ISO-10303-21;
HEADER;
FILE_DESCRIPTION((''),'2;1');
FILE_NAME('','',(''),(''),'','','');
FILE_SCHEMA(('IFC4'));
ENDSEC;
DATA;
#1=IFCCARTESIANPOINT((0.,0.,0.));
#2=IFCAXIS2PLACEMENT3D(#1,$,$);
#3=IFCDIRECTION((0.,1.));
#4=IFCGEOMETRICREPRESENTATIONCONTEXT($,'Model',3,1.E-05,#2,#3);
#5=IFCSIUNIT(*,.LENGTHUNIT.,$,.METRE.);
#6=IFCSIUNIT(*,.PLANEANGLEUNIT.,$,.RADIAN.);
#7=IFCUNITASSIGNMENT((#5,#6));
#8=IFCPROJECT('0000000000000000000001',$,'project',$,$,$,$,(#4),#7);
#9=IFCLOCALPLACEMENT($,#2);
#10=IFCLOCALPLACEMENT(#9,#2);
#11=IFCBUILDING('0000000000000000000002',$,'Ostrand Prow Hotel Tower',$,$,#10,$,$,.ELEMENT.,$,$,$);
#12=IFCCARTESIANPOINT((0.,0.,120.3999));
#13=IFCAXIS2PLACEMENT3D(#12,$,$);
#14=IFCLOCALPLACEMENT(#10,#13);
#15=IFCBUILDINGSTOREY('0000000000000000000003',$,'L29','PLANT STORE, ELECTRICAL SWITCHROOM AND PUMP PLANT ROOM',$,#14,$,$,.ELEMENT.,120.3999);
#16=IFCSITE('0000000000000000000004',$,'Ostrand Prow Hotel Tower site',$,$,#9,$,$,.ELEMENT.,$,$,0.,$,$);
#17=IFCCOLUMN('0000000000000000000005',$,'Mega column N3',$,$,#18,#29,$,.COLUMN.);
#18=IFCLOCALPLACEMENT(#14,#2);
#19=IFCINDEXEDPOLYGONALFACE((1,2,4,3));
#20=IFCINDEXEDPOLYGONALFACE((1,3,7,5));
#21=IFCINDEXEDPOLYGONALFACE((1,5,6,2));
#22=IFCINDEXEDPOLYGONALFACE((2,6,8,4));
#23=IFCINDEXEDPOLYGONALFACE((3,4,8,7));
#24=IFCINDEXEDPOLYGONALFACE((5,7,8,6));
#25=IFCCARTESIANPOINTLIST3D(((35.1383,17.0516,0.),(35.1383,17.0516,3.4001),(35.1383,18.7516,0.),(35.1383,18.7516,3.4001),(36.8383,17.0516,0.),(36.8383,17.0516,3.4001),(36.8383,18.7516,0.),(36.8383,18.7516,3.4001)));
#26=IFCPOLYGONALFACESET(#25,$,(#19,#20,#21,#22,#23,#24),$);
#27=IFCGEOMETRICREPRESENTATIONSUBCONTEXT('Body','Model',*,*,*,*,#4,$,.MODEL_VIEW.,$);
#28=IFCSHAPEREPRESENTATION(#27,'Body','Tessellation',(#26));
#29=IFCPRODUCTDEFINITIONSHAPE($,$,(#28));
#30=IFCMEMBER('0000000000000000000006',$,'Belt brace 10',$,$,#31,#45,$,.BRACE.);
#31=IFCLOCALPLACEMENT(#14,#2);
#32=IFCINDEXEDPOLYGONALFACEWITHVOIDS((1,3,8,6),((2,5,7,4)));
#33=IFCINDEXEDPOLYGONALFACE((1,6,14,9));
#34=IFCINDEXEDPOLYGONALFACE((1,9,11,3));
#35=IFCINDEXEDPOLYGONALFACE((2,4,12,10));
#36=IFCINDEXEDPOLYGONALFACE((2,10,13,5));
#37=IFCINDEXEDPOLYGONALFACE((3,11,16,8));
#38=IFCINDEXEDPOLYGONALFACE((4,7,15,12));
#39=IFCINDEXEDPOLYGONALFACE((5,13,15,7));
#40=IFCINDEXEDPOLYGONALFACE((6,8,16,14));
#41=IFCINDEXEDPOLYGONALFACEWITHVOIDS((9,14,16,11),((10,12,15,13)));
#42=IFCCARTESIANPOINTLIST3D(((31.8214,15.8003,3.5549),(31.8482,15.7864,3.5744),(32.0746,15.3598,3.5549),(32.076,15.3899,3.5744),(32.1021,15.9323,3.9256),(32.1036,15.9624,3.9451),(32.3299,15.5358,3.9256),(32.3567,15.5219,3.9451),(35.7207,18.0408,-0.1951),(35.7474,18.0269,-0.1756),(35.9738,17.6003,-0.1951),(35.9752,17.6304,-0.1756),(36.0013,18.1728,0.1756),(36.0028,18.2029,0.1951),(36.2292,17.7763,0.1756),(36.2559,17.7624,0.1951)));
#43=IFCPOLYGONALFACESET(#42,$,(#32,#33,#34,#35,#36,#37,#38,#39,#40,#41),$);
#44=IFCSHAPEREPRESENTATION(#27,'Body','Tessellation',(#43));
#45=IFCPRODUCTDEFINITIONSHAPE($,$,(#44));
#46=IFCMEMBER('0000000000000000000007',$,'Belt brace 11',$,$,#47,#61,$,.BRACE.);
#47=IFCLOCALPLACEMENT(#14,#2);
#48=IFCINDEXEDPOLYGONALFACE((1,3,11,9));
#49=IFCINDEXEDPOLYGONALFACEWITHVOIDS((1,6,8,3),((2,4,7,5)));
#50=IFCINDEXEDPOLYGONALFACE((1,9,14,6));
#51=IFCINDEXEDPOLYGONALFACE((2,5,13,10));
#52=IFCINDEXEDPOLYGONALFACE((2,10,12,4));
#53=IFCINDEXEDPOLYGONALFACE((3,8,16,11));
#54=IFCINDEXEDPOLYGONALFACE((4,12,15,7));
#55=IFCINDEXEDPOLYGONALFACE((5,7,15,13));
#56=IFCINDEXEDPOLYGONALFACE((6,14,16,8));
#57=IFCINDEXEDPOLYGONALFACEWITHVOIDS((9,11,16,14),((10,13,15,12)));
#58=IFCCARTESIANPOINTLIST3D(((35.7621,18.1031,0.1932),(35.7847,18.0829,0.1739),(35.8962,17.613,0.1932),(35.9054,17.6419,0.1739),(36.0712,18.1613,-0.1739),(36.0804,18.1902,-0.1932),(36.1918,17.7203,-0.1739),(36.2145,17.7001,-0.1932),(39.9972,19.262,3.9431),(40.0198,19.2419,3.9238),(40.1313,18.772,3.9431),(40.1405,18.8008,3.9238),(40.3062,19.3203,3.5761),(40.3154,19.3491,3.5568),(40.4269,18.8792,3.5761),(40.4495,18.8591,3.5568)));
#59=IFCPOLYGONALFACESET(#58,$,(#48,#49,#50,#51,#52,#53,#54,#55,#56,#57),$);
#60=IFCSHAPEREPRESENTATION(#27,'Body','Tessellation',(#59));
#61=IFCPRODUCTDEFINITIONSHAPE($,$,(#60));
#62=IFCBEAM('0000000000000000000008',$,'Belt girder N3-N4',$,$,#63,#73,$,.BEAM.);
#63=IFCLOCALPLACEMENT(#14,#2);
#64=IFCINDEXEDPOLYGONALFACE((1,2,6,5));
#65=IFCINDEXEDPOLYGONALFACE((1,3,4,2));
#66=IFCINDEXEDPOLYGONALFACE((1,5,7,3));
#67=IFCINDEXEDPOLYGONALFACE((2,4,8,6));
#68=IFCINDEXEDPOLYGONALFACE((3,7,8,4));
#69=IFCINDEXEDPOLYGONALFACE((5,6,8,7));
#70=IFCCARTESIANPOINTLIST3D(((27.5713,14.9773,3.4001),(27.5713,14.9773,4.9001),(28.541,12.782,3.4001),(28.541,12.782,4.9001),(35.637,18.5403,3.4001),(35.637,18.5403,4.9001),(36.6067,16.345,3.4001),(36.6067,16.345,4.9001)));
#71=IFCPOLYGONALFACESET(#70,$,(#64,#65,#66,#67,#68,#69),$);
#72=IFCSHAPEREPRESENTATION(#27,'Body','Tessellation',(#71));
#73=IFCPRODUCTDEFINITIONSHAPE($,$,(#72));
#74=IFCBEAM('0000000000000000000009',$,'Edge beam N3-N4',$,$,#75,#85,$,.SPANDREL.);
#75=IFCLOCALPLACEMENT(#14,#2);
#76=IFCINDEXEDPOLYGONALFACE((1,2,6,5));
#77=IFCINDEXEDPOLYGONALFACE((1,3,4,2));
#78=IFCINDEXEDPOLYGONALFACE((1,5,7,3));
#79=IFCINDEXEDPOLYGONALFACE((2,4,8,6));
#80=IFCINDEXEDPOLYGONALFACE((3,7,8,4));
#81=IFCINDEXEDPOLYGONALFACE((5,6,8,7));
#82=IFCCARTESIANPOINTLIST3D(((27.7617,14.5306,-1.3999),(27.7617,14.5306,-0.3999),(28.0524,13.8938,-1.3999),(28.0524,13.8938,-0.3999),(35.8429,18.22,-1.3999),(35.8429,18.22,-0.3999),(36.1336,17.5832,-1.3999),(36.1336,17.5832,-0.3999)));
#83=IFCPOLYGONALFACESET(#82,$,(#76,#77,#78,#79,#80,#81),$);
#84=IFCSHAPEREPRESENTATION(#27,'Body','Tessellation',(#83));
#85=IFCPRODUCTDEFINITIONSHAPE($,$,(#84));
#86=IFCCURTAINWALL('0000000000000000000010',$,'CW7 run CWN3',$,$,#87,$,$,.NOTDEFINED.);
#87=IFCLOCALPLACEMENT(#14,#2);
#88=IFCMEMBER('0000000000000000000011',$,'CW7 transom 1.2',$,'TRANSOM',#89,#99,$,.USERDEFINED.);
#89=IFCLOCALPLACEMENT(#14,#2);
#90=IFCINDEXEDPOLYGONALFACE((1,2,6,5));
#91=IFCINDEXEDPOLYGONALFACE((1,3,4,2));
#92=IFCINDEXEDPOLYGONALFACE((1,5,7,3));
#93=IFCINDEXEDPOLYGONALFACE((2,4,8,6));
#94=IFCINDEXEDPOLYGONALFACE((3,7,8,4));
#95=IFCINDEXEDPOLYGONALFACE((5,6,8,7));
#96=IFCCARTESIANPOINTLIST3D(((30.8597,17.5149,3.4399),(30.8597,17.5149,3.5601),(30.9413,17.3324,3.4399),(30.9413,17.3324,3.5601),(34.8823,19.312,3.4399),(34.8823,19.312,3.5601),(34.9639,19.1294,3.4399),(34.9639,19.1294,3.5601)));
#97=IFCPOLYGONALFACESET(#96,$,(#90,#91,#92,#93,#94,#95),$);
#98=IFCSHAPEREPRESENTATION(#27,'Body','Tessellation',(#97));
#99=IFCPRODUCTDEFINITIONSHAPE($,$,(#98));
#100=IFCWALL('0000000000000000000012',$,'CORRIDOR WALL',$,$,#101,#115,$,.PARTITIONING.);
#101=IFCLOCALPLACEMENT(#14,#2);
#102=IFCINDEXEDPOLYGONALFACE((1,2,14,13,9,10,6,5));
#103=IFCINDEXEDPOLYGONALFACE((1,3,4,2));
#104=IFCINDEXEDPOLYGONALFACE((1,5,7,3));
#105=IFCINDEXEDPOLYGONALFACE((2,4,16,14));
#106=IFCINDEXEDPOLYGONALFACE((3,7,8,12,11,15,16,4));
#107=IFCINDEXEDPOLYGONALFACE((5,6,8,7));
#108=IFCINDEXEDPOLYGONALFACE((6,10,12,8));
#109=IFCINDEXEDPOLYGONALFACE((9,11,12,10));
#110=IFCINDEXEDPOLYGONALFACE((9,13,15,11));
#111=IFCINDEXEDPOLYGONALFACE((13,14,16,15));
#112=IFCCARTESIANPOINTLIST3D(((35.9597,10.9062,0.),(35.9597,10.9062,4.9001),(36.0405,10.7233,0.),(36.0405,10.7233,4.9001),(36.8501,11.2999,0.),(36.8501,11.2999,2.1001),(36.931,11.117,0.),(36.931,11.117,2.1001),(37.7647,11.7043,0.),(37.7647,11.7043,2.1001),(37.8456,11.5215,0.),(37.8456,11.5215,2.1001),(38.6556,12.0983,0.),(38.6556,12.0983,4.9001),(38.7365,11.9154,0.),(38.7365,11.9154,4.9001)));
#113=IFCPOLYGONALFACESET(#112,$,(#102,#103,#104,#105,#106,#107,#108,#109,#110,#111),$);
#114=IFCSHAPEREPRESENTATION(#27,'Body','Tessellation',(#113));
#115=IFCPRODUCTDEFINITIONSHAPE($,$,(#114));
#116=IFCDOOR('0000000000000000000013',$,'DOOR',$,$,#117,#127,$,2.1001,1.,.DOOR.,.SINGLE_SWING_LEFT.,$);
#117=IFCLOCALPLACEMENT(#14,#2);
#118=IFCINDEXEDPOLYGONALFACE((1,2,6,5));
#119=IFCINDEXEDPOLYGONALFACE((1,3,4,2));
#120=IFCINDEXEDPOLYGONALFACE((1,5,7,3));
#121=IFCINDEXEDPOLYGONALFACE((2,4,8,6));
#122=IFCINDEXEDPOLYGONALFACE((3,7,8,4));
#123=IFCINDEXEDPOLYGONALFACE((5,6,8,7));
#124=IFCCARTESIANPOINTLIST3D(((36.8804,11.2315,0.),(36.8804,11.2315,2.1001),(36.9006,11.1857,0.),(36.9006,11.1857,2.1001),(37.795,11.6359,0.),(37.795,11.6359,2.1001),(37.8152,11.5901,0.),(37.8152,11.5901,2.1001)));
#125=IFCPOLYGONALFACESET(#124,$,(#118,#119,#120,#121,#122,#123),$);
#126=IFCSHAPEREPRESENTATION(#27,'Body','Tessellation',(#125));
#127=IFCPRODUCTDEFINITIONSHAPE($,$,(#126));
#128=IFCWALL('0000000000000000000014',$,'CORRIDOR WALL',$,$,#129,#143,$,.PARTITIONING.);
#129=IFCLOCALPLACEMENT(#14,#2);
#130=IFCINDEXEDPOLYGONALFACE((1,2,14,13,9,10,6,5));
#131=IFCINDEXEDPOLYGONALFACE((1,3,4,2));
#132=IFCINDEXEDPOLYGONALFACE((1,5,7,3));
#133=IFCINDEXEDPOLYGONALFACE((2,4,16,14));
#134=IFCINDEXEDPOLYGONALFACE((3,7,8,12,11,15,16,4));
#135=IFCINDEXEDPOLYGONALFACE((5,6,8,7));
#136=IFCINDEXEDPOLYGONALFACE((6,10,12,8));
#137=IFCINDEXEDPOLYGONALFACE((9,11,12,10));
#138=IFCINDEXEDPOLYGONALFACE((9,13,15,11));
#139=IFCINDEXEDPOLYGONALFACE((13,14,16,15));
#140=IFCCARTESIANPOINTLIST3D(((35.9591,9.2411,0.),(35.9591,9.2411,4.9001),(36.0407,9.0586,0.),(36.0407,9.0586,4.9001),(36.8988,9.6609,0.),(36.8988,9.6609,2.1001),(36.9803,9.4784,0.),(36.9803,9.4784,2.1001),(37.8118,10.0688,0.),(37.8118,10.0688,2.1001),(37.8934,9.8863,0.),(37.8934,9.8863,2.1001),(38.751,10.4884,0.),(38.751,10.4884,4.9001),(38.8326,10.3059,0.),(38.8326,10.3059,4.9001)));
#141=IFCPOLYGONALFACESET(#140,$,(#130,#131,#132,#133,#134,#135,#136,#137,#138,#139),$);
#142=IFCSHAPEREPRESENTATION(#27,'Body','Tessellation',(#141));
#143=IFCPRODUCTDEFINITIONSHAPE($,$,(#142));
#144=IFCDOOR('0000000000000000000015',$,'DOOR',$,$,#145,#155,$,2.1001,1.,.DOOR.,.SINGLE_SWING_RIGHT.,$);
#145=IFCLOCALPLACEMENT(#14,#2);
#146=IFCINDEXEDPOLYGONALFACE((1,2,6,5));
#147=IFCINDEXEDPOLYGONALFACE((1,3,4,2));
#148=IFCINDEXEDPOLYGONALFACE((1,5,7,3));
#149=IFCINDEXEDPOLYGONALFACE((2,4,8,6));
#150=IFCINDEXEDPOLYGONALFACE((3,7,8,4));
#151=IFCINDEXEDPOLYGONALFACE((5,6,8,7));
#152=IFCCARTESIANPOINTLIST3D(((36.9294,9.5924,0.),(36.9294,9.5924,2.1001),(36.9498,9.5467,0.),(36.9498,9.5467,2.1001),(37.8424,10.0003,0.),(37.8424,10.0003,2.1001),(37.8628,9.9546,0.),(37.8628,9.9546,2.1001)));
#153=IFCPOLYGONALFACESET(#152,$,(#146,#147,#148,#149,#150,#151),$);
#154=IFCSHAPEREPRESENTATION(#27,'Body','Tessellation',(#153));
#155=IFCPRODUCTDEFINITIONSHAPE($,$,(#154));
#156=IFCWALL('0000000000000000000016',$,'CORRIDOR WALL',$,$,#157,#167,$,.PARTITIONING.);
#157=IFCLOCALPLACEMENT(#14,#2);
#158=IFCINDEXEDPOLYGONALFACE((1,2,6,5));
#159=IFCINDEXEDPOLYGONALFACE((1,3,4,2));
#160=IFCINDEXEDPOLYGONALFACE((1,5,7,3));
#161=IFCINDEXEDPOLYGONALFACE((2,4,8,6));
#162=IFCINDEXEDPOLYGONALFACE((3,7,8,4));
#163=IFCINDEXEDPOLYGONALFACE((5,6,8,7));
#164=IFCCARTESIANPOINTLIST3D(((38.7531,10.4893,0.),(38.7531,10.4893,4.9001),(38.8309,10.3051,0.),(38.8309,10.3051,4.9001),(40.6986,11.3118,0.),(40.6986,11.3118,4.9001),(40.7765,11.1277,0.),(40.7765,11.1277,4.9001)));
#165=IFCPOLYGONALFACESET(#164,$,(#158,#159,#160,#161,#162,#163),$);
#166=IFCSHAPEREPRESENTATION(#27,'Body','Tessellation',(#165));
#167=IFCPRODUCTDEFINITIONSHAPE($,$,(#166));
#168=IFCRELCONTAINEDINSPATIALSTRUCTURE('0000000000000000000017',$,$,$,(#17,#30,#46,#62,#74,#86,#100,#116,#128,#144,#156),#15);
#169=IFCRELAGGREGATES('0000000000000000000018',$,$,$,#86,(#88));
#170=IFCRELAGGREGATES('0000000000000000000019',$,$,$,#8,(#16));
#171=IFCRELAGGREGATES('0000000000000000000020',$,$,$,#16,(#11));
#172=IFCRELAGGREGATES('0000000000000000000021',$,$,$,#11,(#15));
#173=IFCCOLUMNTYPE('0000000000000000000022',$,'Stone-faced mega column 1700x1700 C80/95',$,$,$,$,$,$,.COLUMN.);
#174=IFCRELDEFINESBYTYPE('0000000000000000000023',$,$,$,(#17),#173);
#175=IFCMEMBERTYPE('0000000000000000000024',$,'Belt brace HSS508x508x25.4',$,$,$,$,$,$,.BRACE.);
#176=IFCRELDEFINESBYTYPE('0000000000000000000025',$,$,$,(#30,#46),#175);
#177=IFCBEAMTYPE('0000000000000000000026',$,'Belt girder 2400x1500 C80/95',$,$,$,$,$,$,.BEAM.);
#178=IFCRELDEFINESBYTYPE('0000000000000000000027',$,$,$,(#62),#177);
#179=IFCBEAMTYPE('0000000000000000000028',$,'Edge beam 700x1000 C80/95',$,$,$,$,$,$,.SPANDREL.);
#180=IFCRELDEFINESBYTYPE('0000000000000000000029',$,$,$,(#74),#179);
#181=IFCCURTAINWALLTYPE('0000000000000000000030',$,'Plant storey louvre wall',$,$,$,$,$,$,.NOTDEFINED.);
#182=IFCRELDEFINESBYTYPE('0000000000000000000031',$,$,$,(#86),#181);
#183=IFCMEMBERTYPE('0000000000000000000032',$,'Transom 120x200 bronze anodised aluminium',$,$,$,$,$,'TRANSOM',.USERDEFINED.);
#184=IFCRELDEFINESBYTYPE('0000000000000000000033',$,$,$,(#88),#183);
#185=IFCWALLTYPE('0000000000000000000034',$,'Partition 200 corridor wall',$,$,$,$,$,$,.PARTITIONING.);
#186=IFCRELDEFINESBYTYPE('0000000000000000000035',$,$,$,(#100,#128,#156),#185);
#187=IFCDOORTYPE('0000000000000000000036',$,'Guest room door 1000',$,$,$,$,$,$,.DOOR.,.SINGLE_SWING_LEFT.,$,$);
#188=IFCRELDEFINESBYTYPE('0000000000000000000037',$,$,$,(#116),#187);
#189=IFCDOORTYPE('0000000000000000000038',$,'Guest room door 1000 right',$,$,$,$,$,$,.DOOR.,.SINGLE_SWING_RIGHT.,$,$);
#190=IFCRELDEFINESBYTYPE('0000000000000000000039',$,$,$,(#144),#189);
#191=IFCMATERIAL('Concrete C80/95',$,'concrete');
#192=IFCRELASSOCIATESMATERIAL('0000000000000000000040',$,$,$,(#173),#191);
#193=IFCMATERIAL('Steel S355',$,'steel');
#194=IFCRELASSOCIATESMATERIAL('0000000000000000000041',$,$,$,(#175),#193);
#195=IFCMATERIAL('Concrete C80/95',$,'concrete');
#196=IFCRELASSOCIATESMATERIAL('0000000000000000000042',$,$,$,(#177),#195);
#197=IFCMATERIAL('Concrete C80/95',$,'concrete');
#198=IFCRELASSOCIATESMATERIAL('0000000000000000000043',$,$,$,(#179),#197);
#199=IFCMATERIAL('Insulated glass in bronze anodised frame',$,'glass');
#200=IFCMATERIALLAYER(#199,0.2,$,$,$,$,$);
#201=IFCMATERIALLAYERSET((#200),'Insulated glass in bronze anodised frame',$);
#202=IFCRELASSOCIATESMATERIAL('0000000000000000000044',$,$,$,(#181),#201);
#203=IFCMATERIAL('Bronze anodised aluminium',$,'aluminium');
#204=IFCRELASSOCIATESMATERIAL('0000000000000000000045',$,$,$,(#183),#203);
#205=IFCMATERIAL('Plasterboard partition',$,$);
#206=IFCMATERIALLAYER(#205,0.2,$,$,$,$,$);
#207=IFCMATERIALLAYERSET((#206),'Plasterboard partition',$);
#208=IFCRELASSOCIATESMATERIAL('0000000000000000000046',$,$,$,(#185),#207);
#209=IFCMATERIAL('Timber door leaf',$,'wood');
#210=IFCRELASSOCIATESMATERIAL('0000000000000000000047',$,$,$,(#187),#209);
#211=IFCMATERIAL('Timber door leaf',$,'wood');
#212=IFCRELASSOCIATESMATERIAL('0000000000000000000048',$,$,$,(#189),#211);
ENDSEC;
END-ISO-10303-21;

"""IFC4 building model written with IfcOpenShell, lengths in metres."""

from ifc_helpers import new_model, si_unit, direction, frame, frame_2d, origin, origin_2d, place, context, subcontext, project, spatial, rectangle, hollow_rectangle, extrude, material, layer, layer_set, material_profile, profile_set, type_object, element, fill, aggregate, save


model = new_model("IFC4")

# Units and contexts
model_context = context("Model", 3, precision=1e-05, world=origin(), true_north=direction((0.0, 1.0)))
body_context = subcontext(model_context, "Body", "Model", "MODEL_VIEW")
ifc_project = project(units=[si_unit("LENGTHUNIT", "METRE"), si_unit("PLANEANGLEUNIT", "RADIAN")], contexts=[model_context])

# Site, building, storey
site_placement = place(None, origin())
site = spatial("IfcSite", under=ifc_project, at=site_placement, Name="Ostrand Prow Hotel Tower site", CompositionType="ELEMENT", RefElevation=0.0)
building_placement = place(site_placement, origin())
building = spatial("IfcBuilding", under=site, at=building_placement, Name="Ostrand Prow Hotel Tower", CompositionType="ELEMENT")
storey_placement = place(building_placement, frame((0.0, 0.0, 120.3999)))
storey = spatial("IfcBuildingStorey", under=building, at=storey_placement, Name="L29", Description="PLANT STORE, ELECTRICAL SWITCHROOM AND PUMP PLANT ROOM", CompositionType="ELEMENT", Elevation=120.3999)

# Column
ifc_material_1 = material(Name="Concrete C80/95", Category="concrete")
ifc_material_profile_1 = material_profile(ifc_material_1, rectangle(XDim=1.7, YDim=1.7, at=origin_2d()), Name="RC 1700x1700")
ifc_profile_set_1 = profile_set([ifc_material_profile_1], Name="Concrete C80/95")
column_type = type_object("IfcColumnType", Name="Stone-faced mega column 1700x1700 C80/95", PredefinedType="COLUMN", material=ifc_profile_set_1)
column_placement = place(storey_placement, frame((35.9883, 17.9016, 0.0), z_axis=(0.0, 0.0, 1.0), x_axis=(1.0, 0.0, 0.0)))
element("IfcColumn", 1, at=column_placement, inside=storey, type_object=column_type, Name="Mega column N3", PredefinedType="COLUMN", context=body_context, shape_type="SweptSolid", body=[
    extrude(rectangle(XDim=1.7, YDim=1.7, at=origin_2d()), origin(), (0.0, 0.0, 1.0), 3.4001),
])

# Members
ifc_material_2 = material(Name="Steel S355", Category="steel")
ifc_material_profile_2 = material_profile(ifc_material_2, hollow_rectangle(XDim=0.5081, YDim=0.5081, WallThickness=0.0254, at=origin_2d()), Name="HSS508x508x25.4")
ifc_profile_set_2 = profile_set([ifc_material_profile_2], Name="Steel S355")
member_type_1 = type_object("IfcMemberType", Name="Belt brace HSS508x508x25.4", PredefinedType="BRACE", material=ifc_profile_set_2)
member_1_placement = place(storey_placement, frame((35.9883, 17.9016, 0.0), z_axis=(-0.665909, -0.382634, 0.640434), x_axis=(0.498213, -0.867055, 0.0)))
element("IfcMember", 2, at=member_1_placement, inside=storey, type_object=member_type_1, Name="Belt brace 10", PredefinedType="BRACE", context=body_context, shape_type="SweptSolid", body=[
    extrude(hollow_rectangle(XDim=0.5081, YDim=0.5081, WallThickness=0.0254, at=origin_2d()), origin(), (0.0, 0.0, 1.0), 5.8555),
])
member_2_placement = place(storey_placement, frame((35.9883, 17.9016, 0.0), z_axis=(0.733449, 0.200708, 0.649437), x_axis=(-0.263945, 0.964538, 0.0)))
element("IfcMember", 3, at=member_2_placement, inside=storey, type_object=member_type_1, Name="Belt brace 11", PredefinedType="BRACE", context=body_context, shape_type="SweptSolid", body=[
    extrude(hollow_rectangle(XDim=0.5081, YDim=0.5081, WallThickness=0.0254, at=origin_2d()), origin(), (0.0, 0.0, 1.0), 5.7742),
])

# Beams
ifc_material_3 = material(Name="Concrete C80/95", Category="concrete")
ifc_material_profile_3 = material_profile(ifc_material_3, rectangle(XDim=2.3999, YDim=1.5, at=origin_2d()), Name="RC 2400x1500")
ifc_profile_set_3 = profile_set([ifc_material_profile_3], Name="Concrete C80/95")
beam_type_1 = type_object("IfcBeamType", Name="Belt girder 2400x1500 C80/95", PredefinedType="BEAM", material=ifc_profile_set_3)
beam_1_placement = place(storey_placement, frame((36.1218, 17.4426, 4.1501), z_axis=(-0.914725, -0.404077, 0.0), x_axis=(0.404077, -0.914725, 0.0)))
element("IfcBeam", 4, at=beam_1_placement, inside=storey, type_object=beam_type_1, Name="Belt girder N3-N4", PredefinedType="BEAM", context=body_context, shape_type="SweptSolid", body=[
    extrude(rectangle(XDim=2.3999, YDim=1.5, at=origin_2d()), origin(), (0.0, 0.0, 1.0), 8.8176),
])
ifc_material_4 = material(Name="Concrete C80/95", Category="concrete")
ifc_material_profile_4 = material_profile(ifc_material_4, rectangle(XDim=0.7, YDim=1.0, at=origin_2d()), Name="RC 700x1000")
ifc_profile_set_4 = profile_set([ifc_material_profile_4], Name="Concrete C80/95")
beam_type_2 = type_object("IfcBeamType", Name="Edge beam 700x1000 C80/95", PredefinedType="SPANDREL", material=ifc_profile_set_4)
beam_2_placement = place(storey_placement, frame((35.9883, 17.9016, -0.8999), z_axis=(-0.909681, -0.415308, 0.0), x_axis=(0.415308, -0.909681, 0.0)))
element("IfcBeam", 5, at=beam_2_placement, inside=storey, type_object=beam_type_2, Name="Edge beam N3-N4", PredefinedType="SPANDREL", context=body_context, shape_type="SweptSolid", body=[
    extrude(rectangle(XDim=0.7, YDim=1.0, at=origin_2d()), origin(), (0.0, 0.0, 1.0), 8.8835),
])

# Curtain wall, member
ifc_material_5 = material(Name="Insulated glass in bronze anodised frame", Category="glass")
ifc_layer_1 = layer(ifc_material_5, 0.2)
ifc_layer_set_1 = layer_set([ifc_layer_1], Name="Insulated glass in bronze anodised frame")
curtain_wall_type = type_object("IfcCurtainWallType", Name="Plant storey louvre wall", PredefinedType="NOTDEFINED", material=ifc_layer_set_1)
curtain_wall_placement = place(storey_placement, origin())
curtain_wall = element("IfcCurtainWall", 6, at=curtain_wall_placement, inside=storey, type_object=curtain_wall_type, Name="CW7 run CWN3", PredefinedType="NOTDEFINED")
ifc_material_6 = material(Name="Bronze anodised aluminium", Category="aluminium")
ifc_material_profile_5 = material_profile(ifc_material_6, rectangle(XDim=0.2, YDim=0.1201, at=origin_2d()), Name="Transom 120x200 bronze anodised aluminium")
ifc_profile_set_5 = profile_set([ifc_material_profile_5], Name="Bronze anodised aluminium")
member_type_2 = type_object("IfcMemberType", Name="Transom 120x200 bronze anodised aluminium", ElementType="TRANSOM", PredefinedType="USERDEFINED", material=ifc_profile_set_5)
member_3_placement = place(storey_placement, frame((34.9231, 19.2207, 3.5), z_axis=(-0.913031, -0.407891, 0.0), x_axis=(0.407891, -0.913031, 0.0)))
member_3 = element("IfcMember", 7, at=member_3_placement, type_object=member_type_2, Name="CW7 transom 1.2", ObjectType="TRANSOM", PredefinedType="USERDEFINED", context=body_context, shape_type="SweptSolid", body=[
    extrude(rectangle(XDim=0.2, YDim=0.1201, at=origin_2d()), origin(), (0.0, 0.0, 1.0), 4.4058),
])
aggregate(curtain_wall, [member_3])

# Walls, openings, doors
ifc_material_7 = material(Name="Plasterboard partition")
ifc_layer_2 = layer(ifc_material_7, 0.2)
ifc_layer_set_2 = layer_set([ifc_layer_2], Name="Plasterboard partition")
wall_type_1 = type_object("IfcWallType", Name="Partition 200 corridor wall", PredefinedType="PARTITIONING", material=ifc_layer_set_2)
wall_1_placement = place(storey_placement, frame((38.696, 12.0068, 0.0), z_axis=(0.0, 0.0, 1.0), x_axis=(-0.914578, -0.404409, 0.0)))
wall_1 = element("IfcWall", 8, at=wall_1_placement, inside=storey, type_object=wall_type_1, Name="CORRIDOR WALL", PredefinedType="PARTITIONING", context=body_context, shape_type="SweptSolid", body=[
    extrude(rectangle(XDim=2.9478, YDim=0.2, at=frame_2d((1.4739, 0.0))), origin(), (0.0, 0.0, 1.0), 4.9001),
])
opening_1_placement = place(wall_1_placement, frame((0.9741, 0.0, 0.0)))
opening_1 = element("IfcOpeningElement", 9, at=opening_1_placement, cuts=wall_1, PredefinedType="OPENING", context=body_context, shape_type="SweptSolid", body=[
    extrude(rectangle(XDim=1.0, YDim=2.1001, at=frame_2d((0.5, 1.05))), frame((0.0, 0.1099, 0.0), z_axis=(0.0, -1.0, 0.0), x_axis=(1.0, 0.0, 0.0)), (0.0, 0.0, 1.0), 0.22),
])
ifc_material_8 = material(Name="Timber door leaf", Category="wood")
door_type_1 = type_object("IfcDoorType", Name="Guest room door 1000", OperationType="SINGLE_SWING_LEFT", PredefinedType="DOOR", material=ifc_material_8)
door_1_placement = place(opening_1_placement, origin())
door_1 = element("IfcDoor", 10, at=door_1_placement, inside=storey, type_object=door_type_1, Name="DOOR", OperationType="SINGLE_SWING_LEFT", OverallHeight=2.1001, OverallWidth=1.0, PredefinedType="DOOR", context=body_context, shape_type="SweptSolid", body=[
    extrude(rectangle(XDim=1.0, YDim=2.1001, at=frame_2d((0.5, 1.05))), frame((0.0, 0.0249, 0.0), z_axis=(0.0, -1.0, 0.0), x_axis=(1.0, 0.0, 0.0)), (0.0, 0.0, 1.0), 0.05),
])
fill(opening_1, door_1)
wall_2_placement = place(storey_placement, frame((36.0, 9.1499, 0.0), z_axis=(0.0, 0.0, 1.0), x_axis=(0.91303, 0.407893, 0.0)))
wall_2 = element("IfcWall", 11, at=wall_2_placement, inside=storey, type_object=wall_type_1, Name="CORRIDOR WALL", PredefinedType="PARTITIONING", context=body_context, shape_type="SweptSolid", body=[
    extrude(rectangle(XDim=3.0579, YDim=0.2, at=frame_2d((1.5288, 0.0))), origin(), (0.0, 0.0, 1.0), 4.9001),
])
opening_2_placement = place(wall_2_placement, frame((1.0291, 0.0, 0.0)))
opening_2 = element("IfcOpeningElement", 12, at=opening_2_placement, cuts=wall_2, PredefinedType="OPENING", context=body_context, shape_type="SweptSolid", body=[
    extrude(rectangle(XDim=1.0, YDim=2.1001, at=frame_2d((0.5, 1.05))), frame((0.0, 0.1099, 0.0), z_axis=(0.0, -1.0, 0.0), x_axis=(1.0, 0.0, 0.0)), (0.0, 0.0, 1.0), 0.22),
])
ifc_material_9 = material(Name="Timber door leaf", Category="wood")
door_type_2 = type_object("IfcDoorType", Name="Guest room door 1000 right", OperationType="SINGLE_SWING_RIGHT", PredefinedType="DOOR", material=ifc_material_9)
door_2_placement = place(opening_2_placement, origin())
door_2 = element("IfcDoor", 13, at=door_2_placement, inside=storey, type_object=door_type_2, Name="DOOR", OperationType="SINGLE_SWING_RIGHT", OverallHeight=2.1001, OverallWidth=1.0, PredefinedType="DOOR", context=body_context, shape_type="SweptSolid", body=[
    extrude(rectangle(XDim=1.0, YDim=2.1001, at=frame_2d((0.5, 1.05))), frame((0.0, 0.0249, 0.0), z_axis=(0.0, -1.0, 0.0), x_axis=(1.0, 0.0, 0.0)), (0.0, 0.0, 1.0), 0.05),
])
fill(opening_2, door_2)

# Wall
wall_3_placement = place(storey_placement, frame((38.792, 10.3972, 0.0), z_axis=(0.0, 0.0, 1.0), x_axis=(0.921071, 0.389395, 0.0)))
element("IfcWall", 14, at=wall_3_placement, inside=storey, type_object=wall_type_1, Name="CORRIDOR WALL", PredefinedType="PARTITIONING", context=body_context, shape_type="SweptSolid", body=[
    extrude(rectangle(XDim=2.1123, YDim=0.2, at=frame_2d((1.0562, 0.0))), origin(), (0.0, 0.0, 1.0), 4.9001),
])

save(model, "model.ifc")
